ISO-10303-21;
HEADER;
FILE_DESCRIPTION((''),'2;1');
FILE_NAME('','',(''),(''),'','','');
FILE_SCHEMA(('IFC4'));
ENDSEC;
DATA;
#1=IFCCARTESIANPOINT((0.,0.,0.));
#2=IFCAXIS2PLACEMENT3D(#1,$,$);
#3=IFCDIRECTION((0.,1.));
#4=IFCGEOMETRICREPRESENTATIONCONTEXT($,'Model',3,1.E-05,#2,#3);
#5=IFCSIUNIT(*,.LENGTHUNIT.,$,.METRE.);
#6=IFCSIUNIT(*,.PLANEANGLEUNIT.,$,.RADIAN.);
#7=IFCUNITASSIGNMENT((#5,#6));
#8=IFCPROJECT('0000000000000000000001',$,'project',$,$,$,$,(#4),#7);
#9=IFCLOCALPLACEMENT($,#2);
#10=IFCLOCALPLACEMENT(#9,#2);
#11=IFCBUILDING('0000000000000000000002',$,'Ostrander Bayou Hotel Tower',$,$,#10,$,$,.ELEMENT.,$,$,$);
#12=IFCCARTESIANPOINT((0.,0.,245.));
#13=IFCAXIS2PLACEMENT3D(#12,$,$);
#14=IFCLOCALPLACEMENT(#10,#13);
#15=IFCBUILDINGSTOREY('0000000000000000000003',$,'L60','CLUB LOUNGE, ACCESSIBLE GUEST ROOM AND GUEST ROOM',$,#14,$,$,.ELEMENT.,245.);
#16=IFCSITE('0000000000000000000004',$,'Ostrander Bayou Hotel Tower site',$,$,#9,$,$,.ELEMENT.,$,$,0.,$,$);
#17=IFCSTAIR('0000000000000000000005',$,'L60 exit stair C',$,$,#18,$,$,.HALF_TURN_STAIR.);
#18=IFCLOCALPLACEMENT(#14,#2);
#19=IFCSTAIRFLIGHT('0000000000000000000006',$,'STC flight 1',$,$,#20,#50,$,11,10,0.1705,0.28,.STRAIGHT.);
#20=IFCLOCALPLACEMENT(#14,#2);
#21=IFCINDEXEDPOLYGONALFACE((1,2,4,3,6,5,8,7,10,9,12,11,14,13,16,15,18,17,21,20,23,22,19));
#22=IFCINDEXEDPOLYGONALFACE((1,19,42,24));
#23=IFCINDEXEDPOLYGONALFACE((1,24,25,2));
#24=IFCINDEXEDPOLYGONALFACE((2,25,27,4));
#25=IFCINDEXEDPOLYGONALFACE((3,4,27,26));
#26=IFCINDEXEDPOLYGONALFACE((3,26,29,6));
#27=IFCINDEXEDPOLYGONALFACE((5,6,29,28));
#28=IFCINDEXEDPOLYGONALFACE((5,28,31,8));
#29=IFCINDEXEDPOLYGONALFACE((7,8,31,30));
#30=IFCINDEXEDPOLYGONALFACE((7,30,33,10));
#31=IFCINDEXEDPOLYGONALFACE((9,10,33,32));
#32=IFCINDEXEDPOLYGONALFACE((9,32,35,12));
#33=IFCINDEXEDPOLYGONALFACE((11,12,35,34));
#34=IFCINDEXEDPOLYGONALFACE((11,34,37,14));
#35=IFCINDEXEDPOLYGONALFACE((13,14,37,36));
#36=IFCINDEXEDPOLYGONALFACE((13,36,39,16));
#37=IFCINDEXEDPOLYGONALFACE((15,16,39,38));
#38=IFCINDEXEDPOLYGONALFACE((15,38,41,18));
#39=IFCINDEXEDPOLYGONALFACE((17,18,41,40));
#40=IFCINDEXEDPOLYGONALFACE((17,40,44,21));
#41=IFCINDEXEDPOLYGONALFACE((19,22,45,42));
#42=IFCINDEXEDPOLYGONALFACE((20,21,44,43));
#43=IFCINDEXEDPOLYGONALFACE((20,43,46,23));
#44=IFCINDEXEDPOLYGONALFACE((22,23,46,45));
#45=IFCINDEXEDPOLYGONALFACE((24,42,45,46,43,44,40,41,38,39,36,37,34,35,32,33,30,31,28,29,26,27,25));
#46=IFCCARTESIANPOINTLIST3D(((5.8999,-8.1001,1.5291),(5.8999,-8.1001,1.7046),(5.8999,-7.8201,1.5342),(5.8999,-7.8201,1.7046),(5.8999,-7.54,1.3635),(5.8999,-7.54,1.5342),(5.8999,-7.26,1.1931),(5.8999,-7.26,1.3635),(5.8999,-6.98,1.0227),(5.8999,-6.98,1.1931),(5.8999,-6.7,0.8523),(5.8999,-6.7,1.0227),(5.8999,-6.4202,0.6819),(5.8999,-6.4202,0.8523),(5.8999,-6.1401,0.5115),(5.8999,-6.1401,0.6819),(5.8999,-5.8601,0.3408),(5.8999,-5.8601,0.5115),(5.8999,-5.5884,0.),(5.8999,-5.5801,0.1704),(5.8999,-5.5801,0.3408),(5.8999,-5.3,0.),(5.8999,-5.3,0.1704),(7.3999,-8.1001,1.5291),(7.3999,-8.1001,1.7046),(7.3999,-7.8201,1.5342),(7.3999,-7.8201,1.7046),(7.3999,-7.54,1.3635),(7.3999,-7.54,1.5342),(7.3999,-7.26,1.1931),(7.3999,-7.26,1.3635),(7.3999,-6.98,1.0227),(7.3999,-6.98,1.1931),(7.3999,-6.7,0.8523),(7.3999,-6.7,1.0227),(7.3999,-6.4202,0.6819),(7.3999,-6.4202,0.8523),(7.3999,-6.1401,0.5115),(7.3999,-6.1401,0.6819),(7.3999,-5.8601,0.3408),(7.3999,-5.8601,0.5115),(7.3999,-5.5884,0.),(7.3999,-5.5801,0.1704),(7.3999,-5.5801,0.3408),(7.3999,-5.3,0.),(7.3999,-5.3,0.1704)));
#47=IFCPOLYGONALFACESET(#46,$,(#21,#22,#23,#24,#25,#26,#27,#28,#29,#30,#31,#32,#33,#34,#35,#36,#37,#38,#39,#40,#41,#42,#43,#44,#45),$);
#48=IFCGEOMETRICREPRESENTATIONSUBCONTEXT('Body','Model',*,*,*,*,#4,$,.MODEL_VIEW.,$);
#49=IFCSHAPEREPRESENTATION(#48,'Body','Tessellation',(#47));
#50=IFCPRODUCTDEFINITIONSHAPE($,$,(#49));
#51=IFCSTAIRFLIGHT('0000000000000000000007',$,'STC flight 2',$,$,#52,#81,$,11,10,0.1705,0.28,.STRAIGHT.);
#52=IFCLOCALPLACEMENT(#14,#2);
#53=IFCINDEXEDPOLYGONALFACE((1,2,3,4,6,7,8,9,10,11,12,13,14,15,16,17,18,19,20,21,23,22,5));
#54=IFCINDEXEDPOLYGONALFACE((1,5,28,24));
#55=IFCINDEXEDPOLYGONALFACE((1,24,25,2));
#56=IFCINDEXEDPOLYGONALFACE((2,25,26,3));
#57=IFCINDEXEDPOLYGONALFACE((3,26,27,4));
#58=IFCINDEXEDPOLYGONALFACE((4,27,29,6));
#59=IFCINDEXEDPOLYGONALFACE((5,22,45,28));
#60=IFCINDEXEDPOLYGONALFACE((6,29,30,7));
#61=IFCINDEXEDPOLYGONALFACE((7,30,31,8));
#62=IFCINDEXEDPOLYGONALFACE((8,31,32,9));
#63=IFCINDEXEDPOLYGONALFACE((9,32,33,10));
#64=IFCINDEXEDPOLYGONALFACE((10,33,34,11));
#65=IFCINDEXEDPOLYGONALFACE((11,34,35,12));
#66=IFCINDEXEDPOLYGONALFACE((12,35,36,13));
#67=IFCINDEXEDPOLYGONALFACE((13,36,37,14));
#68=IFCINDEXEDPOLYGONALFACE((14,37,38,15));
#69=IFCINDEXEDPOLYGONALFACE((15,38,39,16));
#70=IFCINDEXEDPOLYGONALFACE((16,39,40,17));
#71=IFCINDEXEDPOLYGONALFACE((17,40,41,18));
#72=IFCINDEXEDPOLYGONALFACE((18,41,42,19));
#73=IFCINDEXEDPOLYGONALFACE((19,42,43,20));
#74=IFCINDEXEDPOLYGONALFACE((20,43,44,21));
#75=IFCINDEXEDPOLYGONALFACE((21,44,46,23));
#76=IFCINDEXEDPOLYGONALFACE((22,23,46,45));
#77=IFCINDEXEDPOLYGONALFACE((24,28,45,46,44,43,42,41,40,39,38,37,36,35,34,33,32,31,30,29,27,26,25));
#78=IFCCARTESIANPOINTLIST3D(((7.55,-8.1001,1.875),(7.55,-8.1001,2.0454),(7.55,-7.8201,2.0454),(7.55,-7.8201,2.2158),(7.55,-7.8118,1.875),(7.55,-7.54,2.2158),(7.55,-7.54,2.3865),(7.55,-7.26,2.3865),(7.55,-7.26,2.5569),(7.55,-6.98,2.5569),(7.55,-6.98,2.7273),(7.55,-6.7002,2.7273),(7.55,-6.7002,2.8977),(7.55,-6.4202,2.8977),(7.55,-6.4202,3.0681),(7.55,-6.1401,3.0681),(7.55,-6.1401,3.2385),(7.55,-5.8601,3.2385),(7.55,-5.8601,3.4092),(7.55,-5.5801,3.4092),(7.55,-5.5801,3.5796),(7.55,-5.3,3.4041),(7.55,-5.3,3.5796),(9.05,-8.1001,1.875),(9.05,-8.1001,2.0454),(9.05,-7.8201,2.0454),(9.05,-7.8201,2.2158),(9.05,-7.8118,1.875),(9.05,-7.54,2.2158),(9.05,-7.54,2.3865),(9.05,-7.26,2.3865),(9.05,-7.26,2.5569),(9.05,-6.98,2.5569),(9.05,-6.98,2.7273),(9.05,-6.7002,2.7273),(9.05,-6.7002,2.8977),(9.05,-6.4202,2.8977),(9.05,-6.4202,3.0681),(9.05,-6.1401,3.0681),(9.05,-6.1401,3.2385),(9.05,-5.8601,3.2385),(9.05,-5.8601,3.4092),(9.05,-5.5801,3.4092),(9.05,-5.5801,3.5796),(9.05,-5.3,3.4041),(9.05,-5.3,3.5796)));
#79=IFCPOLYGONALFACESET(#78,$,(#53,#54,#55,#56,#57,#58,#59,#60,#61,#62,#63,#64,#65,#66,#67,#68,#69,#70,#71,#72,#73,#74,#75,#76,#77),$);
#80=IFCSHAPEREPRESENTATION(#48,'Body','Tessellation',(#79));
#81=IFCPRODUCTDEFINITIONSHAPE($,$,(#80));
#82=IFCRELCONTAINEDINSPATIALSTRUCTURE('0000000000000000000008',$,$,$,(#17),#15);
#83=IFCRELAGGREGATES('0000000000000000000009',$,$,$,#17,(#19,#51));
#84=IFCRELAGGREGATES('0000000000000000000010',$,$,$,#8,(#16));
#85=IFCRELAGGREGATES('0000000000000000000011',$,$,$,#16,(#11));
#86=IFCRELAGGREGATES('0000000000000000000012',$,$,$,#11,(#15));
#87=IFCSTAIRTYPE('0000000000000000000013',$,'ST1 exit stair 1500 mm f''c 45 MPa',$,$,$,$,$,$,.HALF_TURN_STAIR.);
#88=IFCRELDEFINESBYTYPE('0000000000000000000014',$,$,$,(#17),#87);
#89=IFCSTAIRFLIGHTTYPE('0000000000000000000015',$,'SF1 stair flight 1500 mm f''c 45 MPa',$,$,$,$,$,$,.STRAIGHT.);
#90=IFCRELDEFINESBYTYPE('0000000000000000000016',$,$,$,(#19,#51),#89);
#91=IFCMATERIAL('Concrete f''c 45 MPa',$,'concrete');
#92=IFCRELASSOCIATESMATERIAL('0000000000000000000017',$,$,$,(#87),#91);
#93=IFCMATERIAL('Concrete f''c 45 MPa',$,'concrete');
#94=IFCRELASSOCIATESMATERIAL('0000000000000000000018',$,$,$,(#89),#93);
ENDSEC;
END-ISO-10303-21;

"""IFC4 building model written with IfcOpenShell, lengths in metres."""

from ifc_helpers import new_model, si_unit, direction, frame, origin, place, context, subcontext, project, spatial, polyline, outline, extrude, material, type_object, element, aggregate, save


model = new_model("IFC4")

# Units and contexts
model_context = context("Model", 3, precision=1e-05, world=origin(), true_north=direction((0.0, 1.0)))
body_context = subcontext(model_context, "Body", "Model", "MODEL_VIEW")
ifc_project = project(units=[si_unit("LENGTHUNIT", "METRE"), si_unit("PLANEANGLEUNIT", "RADIAN")], contexts=[model_context])

# Site, building, storey
site_placement = place(None, origin())
site = spatial("IfcSite", under=ifc_project, at=site_placement, Name="Ostrander Bayou Hotel Tower site", CompositionType="ELEMENT", RefElevation=0.0)
building_placement = place(site_placement, origin())
building = spatial("IfcBuilding", under=site, at=building_placement, Name="Ostrander Bayou Hotel Tower", CompositionType="ELEMENT")
storey_placement = place(building_placement, frame((0.0, 0.0, 245.0)))
storey = spatial("IfcBuildingStorey", under=building, at=storey_placement, Name="L60", Description="CLUB LOUNGE, ACCESSIBLE GUEST ROOM AND GUEST ROOM", CompositionType="ELEMENT", Elevation=245.0)

# Stair, stair flights
ifc_material_1 = material(Name="Concrete f'c 45 MPa", Category="concrete")
stair_type = type_object("IfcStairType", Name="ST1 exit stair 1500 mm f'c 45 MPa", PredefinedType="HALF_TURN_STAIR", material=ifc_material_1)
stair_placement = place(storey_placement, origin())
stair = element("IfcStair", 1, at=stair_placement, inside=storey, type_object=stair_type, Name="L60 exit stair C", PredefinedType="HALF_TURN_STAIR")
ifc_material_2 = material(Name="Concrete f'c 45 MPa", Category="concrete")
stair_flight_type = type_object("IfcStairFlightType", Name="SF1 stair flight 1500 mm f'c 45 MPa", PredefinedType="STRAIGHT", material=ifc_material_2)
stair_flight_1_placement = place(storey_placement, frame((6.6499, -5.3, 0.0), z_axis=(0.0, 0.0, 1.0), x_axis=(0.0, -1.0, 0.0)))
stair_flight_1 = element("IfcStairFlight", 2, at=stair_flight_1_placement, type_object=stair_flight_type, Name="STC flight 1", NumberOfRisers=11, NumberOfTreads=10, PredefinedType="STRAIGHT", RiserHeight=0.1705, TreadLength=0.28, context=body_context, shape_type="SweptSolid", body=[
    extrude(outline(polyline([(0.0, 0.0), (0.0, 0.1704), (0.28, 0.1704), (0.28, 0.3408), (0.5601, 0.3408), (0.5601, 0.5115), (0.8401, 0.5115), (0.8401, 0.6819), (1.1201, 0.6819), (1.1201, 0.8523), (1.3999, 0.8523), (1.3999, 1.0227), (1.6799, 1.0227), (1.6799, 1.1931), (1.96, 1.1931), (1.96, 1.3635), (2.24, 1.3635), (2.24, 1.5342), (2.52, 1.5342), (2.52, 1.7046), (2.8, 1.7046), (2.8, 1.875), (2.8, 1.5291), (0.2883, 0.0), (0.0, 0.0)])), frame((0.0, 0.75, 0.0), z_axis=(0.0, -1.0, 0.0), x_axis=(1.0, 0.0, 0.0)), (0.0, 0.0, 1.0), 1.5),
])
stair_flight_2_placement = place(storey_placement, frame((8.3, -8.1001, 1.875), z_axis=(0.0, 0.0, 1.0), x_axis=(0.0, 1.0, 0.0)))
stair_flight_2 = element("IfcStairFlight", 3, at=stair_flight_2_placement, type_object=stair_flight_type, Name="STC flight 2", NumberOfRisers=11, NumberOfTreads=10, PredefinedType="STRAIGHT", RiserHeight=0.1705, TreadLength=0.28, context=body_context, shape_type="SweptSolid", body=[
    extrude(outline(polyline([(0.0, 0.0), (0.0, 0.1704), (0.28, 0.1704), (0.28, 0.3408), (0.5601, 0.3408), (0.5601, 0.5115), (0.8401, 0.5115), (0.8401, 0.6819), (1.1201, 0.6819), (1.1201, 0.8523), (1.3999, 0.8523), (1.3999, 1.0227), (1.6799, 1.0227), (1.6799, 1.1931), (1.96, 1.1931), (1.96, 1.3635), (2.24, 1.3635), (2.24, 1.5342), (2.52, 1.5342), (2.52, 1.7046), (2.8, 1.7046), (2.8, 1.875), (2.8, 1.5291), (0.2883, 0.0), (0.0, 0.0)])), frame((0.0, 0.75, 0.0), z_axis=(0.0, -1.0, 0.0), x_axis=(1.0, 0.0, 0.0)), (0.0, 0.0, 1.0), 1.5),
])
aggregate(stair, [stair_flight_1, stair_flight_2])

save(model, "model.ifc")
